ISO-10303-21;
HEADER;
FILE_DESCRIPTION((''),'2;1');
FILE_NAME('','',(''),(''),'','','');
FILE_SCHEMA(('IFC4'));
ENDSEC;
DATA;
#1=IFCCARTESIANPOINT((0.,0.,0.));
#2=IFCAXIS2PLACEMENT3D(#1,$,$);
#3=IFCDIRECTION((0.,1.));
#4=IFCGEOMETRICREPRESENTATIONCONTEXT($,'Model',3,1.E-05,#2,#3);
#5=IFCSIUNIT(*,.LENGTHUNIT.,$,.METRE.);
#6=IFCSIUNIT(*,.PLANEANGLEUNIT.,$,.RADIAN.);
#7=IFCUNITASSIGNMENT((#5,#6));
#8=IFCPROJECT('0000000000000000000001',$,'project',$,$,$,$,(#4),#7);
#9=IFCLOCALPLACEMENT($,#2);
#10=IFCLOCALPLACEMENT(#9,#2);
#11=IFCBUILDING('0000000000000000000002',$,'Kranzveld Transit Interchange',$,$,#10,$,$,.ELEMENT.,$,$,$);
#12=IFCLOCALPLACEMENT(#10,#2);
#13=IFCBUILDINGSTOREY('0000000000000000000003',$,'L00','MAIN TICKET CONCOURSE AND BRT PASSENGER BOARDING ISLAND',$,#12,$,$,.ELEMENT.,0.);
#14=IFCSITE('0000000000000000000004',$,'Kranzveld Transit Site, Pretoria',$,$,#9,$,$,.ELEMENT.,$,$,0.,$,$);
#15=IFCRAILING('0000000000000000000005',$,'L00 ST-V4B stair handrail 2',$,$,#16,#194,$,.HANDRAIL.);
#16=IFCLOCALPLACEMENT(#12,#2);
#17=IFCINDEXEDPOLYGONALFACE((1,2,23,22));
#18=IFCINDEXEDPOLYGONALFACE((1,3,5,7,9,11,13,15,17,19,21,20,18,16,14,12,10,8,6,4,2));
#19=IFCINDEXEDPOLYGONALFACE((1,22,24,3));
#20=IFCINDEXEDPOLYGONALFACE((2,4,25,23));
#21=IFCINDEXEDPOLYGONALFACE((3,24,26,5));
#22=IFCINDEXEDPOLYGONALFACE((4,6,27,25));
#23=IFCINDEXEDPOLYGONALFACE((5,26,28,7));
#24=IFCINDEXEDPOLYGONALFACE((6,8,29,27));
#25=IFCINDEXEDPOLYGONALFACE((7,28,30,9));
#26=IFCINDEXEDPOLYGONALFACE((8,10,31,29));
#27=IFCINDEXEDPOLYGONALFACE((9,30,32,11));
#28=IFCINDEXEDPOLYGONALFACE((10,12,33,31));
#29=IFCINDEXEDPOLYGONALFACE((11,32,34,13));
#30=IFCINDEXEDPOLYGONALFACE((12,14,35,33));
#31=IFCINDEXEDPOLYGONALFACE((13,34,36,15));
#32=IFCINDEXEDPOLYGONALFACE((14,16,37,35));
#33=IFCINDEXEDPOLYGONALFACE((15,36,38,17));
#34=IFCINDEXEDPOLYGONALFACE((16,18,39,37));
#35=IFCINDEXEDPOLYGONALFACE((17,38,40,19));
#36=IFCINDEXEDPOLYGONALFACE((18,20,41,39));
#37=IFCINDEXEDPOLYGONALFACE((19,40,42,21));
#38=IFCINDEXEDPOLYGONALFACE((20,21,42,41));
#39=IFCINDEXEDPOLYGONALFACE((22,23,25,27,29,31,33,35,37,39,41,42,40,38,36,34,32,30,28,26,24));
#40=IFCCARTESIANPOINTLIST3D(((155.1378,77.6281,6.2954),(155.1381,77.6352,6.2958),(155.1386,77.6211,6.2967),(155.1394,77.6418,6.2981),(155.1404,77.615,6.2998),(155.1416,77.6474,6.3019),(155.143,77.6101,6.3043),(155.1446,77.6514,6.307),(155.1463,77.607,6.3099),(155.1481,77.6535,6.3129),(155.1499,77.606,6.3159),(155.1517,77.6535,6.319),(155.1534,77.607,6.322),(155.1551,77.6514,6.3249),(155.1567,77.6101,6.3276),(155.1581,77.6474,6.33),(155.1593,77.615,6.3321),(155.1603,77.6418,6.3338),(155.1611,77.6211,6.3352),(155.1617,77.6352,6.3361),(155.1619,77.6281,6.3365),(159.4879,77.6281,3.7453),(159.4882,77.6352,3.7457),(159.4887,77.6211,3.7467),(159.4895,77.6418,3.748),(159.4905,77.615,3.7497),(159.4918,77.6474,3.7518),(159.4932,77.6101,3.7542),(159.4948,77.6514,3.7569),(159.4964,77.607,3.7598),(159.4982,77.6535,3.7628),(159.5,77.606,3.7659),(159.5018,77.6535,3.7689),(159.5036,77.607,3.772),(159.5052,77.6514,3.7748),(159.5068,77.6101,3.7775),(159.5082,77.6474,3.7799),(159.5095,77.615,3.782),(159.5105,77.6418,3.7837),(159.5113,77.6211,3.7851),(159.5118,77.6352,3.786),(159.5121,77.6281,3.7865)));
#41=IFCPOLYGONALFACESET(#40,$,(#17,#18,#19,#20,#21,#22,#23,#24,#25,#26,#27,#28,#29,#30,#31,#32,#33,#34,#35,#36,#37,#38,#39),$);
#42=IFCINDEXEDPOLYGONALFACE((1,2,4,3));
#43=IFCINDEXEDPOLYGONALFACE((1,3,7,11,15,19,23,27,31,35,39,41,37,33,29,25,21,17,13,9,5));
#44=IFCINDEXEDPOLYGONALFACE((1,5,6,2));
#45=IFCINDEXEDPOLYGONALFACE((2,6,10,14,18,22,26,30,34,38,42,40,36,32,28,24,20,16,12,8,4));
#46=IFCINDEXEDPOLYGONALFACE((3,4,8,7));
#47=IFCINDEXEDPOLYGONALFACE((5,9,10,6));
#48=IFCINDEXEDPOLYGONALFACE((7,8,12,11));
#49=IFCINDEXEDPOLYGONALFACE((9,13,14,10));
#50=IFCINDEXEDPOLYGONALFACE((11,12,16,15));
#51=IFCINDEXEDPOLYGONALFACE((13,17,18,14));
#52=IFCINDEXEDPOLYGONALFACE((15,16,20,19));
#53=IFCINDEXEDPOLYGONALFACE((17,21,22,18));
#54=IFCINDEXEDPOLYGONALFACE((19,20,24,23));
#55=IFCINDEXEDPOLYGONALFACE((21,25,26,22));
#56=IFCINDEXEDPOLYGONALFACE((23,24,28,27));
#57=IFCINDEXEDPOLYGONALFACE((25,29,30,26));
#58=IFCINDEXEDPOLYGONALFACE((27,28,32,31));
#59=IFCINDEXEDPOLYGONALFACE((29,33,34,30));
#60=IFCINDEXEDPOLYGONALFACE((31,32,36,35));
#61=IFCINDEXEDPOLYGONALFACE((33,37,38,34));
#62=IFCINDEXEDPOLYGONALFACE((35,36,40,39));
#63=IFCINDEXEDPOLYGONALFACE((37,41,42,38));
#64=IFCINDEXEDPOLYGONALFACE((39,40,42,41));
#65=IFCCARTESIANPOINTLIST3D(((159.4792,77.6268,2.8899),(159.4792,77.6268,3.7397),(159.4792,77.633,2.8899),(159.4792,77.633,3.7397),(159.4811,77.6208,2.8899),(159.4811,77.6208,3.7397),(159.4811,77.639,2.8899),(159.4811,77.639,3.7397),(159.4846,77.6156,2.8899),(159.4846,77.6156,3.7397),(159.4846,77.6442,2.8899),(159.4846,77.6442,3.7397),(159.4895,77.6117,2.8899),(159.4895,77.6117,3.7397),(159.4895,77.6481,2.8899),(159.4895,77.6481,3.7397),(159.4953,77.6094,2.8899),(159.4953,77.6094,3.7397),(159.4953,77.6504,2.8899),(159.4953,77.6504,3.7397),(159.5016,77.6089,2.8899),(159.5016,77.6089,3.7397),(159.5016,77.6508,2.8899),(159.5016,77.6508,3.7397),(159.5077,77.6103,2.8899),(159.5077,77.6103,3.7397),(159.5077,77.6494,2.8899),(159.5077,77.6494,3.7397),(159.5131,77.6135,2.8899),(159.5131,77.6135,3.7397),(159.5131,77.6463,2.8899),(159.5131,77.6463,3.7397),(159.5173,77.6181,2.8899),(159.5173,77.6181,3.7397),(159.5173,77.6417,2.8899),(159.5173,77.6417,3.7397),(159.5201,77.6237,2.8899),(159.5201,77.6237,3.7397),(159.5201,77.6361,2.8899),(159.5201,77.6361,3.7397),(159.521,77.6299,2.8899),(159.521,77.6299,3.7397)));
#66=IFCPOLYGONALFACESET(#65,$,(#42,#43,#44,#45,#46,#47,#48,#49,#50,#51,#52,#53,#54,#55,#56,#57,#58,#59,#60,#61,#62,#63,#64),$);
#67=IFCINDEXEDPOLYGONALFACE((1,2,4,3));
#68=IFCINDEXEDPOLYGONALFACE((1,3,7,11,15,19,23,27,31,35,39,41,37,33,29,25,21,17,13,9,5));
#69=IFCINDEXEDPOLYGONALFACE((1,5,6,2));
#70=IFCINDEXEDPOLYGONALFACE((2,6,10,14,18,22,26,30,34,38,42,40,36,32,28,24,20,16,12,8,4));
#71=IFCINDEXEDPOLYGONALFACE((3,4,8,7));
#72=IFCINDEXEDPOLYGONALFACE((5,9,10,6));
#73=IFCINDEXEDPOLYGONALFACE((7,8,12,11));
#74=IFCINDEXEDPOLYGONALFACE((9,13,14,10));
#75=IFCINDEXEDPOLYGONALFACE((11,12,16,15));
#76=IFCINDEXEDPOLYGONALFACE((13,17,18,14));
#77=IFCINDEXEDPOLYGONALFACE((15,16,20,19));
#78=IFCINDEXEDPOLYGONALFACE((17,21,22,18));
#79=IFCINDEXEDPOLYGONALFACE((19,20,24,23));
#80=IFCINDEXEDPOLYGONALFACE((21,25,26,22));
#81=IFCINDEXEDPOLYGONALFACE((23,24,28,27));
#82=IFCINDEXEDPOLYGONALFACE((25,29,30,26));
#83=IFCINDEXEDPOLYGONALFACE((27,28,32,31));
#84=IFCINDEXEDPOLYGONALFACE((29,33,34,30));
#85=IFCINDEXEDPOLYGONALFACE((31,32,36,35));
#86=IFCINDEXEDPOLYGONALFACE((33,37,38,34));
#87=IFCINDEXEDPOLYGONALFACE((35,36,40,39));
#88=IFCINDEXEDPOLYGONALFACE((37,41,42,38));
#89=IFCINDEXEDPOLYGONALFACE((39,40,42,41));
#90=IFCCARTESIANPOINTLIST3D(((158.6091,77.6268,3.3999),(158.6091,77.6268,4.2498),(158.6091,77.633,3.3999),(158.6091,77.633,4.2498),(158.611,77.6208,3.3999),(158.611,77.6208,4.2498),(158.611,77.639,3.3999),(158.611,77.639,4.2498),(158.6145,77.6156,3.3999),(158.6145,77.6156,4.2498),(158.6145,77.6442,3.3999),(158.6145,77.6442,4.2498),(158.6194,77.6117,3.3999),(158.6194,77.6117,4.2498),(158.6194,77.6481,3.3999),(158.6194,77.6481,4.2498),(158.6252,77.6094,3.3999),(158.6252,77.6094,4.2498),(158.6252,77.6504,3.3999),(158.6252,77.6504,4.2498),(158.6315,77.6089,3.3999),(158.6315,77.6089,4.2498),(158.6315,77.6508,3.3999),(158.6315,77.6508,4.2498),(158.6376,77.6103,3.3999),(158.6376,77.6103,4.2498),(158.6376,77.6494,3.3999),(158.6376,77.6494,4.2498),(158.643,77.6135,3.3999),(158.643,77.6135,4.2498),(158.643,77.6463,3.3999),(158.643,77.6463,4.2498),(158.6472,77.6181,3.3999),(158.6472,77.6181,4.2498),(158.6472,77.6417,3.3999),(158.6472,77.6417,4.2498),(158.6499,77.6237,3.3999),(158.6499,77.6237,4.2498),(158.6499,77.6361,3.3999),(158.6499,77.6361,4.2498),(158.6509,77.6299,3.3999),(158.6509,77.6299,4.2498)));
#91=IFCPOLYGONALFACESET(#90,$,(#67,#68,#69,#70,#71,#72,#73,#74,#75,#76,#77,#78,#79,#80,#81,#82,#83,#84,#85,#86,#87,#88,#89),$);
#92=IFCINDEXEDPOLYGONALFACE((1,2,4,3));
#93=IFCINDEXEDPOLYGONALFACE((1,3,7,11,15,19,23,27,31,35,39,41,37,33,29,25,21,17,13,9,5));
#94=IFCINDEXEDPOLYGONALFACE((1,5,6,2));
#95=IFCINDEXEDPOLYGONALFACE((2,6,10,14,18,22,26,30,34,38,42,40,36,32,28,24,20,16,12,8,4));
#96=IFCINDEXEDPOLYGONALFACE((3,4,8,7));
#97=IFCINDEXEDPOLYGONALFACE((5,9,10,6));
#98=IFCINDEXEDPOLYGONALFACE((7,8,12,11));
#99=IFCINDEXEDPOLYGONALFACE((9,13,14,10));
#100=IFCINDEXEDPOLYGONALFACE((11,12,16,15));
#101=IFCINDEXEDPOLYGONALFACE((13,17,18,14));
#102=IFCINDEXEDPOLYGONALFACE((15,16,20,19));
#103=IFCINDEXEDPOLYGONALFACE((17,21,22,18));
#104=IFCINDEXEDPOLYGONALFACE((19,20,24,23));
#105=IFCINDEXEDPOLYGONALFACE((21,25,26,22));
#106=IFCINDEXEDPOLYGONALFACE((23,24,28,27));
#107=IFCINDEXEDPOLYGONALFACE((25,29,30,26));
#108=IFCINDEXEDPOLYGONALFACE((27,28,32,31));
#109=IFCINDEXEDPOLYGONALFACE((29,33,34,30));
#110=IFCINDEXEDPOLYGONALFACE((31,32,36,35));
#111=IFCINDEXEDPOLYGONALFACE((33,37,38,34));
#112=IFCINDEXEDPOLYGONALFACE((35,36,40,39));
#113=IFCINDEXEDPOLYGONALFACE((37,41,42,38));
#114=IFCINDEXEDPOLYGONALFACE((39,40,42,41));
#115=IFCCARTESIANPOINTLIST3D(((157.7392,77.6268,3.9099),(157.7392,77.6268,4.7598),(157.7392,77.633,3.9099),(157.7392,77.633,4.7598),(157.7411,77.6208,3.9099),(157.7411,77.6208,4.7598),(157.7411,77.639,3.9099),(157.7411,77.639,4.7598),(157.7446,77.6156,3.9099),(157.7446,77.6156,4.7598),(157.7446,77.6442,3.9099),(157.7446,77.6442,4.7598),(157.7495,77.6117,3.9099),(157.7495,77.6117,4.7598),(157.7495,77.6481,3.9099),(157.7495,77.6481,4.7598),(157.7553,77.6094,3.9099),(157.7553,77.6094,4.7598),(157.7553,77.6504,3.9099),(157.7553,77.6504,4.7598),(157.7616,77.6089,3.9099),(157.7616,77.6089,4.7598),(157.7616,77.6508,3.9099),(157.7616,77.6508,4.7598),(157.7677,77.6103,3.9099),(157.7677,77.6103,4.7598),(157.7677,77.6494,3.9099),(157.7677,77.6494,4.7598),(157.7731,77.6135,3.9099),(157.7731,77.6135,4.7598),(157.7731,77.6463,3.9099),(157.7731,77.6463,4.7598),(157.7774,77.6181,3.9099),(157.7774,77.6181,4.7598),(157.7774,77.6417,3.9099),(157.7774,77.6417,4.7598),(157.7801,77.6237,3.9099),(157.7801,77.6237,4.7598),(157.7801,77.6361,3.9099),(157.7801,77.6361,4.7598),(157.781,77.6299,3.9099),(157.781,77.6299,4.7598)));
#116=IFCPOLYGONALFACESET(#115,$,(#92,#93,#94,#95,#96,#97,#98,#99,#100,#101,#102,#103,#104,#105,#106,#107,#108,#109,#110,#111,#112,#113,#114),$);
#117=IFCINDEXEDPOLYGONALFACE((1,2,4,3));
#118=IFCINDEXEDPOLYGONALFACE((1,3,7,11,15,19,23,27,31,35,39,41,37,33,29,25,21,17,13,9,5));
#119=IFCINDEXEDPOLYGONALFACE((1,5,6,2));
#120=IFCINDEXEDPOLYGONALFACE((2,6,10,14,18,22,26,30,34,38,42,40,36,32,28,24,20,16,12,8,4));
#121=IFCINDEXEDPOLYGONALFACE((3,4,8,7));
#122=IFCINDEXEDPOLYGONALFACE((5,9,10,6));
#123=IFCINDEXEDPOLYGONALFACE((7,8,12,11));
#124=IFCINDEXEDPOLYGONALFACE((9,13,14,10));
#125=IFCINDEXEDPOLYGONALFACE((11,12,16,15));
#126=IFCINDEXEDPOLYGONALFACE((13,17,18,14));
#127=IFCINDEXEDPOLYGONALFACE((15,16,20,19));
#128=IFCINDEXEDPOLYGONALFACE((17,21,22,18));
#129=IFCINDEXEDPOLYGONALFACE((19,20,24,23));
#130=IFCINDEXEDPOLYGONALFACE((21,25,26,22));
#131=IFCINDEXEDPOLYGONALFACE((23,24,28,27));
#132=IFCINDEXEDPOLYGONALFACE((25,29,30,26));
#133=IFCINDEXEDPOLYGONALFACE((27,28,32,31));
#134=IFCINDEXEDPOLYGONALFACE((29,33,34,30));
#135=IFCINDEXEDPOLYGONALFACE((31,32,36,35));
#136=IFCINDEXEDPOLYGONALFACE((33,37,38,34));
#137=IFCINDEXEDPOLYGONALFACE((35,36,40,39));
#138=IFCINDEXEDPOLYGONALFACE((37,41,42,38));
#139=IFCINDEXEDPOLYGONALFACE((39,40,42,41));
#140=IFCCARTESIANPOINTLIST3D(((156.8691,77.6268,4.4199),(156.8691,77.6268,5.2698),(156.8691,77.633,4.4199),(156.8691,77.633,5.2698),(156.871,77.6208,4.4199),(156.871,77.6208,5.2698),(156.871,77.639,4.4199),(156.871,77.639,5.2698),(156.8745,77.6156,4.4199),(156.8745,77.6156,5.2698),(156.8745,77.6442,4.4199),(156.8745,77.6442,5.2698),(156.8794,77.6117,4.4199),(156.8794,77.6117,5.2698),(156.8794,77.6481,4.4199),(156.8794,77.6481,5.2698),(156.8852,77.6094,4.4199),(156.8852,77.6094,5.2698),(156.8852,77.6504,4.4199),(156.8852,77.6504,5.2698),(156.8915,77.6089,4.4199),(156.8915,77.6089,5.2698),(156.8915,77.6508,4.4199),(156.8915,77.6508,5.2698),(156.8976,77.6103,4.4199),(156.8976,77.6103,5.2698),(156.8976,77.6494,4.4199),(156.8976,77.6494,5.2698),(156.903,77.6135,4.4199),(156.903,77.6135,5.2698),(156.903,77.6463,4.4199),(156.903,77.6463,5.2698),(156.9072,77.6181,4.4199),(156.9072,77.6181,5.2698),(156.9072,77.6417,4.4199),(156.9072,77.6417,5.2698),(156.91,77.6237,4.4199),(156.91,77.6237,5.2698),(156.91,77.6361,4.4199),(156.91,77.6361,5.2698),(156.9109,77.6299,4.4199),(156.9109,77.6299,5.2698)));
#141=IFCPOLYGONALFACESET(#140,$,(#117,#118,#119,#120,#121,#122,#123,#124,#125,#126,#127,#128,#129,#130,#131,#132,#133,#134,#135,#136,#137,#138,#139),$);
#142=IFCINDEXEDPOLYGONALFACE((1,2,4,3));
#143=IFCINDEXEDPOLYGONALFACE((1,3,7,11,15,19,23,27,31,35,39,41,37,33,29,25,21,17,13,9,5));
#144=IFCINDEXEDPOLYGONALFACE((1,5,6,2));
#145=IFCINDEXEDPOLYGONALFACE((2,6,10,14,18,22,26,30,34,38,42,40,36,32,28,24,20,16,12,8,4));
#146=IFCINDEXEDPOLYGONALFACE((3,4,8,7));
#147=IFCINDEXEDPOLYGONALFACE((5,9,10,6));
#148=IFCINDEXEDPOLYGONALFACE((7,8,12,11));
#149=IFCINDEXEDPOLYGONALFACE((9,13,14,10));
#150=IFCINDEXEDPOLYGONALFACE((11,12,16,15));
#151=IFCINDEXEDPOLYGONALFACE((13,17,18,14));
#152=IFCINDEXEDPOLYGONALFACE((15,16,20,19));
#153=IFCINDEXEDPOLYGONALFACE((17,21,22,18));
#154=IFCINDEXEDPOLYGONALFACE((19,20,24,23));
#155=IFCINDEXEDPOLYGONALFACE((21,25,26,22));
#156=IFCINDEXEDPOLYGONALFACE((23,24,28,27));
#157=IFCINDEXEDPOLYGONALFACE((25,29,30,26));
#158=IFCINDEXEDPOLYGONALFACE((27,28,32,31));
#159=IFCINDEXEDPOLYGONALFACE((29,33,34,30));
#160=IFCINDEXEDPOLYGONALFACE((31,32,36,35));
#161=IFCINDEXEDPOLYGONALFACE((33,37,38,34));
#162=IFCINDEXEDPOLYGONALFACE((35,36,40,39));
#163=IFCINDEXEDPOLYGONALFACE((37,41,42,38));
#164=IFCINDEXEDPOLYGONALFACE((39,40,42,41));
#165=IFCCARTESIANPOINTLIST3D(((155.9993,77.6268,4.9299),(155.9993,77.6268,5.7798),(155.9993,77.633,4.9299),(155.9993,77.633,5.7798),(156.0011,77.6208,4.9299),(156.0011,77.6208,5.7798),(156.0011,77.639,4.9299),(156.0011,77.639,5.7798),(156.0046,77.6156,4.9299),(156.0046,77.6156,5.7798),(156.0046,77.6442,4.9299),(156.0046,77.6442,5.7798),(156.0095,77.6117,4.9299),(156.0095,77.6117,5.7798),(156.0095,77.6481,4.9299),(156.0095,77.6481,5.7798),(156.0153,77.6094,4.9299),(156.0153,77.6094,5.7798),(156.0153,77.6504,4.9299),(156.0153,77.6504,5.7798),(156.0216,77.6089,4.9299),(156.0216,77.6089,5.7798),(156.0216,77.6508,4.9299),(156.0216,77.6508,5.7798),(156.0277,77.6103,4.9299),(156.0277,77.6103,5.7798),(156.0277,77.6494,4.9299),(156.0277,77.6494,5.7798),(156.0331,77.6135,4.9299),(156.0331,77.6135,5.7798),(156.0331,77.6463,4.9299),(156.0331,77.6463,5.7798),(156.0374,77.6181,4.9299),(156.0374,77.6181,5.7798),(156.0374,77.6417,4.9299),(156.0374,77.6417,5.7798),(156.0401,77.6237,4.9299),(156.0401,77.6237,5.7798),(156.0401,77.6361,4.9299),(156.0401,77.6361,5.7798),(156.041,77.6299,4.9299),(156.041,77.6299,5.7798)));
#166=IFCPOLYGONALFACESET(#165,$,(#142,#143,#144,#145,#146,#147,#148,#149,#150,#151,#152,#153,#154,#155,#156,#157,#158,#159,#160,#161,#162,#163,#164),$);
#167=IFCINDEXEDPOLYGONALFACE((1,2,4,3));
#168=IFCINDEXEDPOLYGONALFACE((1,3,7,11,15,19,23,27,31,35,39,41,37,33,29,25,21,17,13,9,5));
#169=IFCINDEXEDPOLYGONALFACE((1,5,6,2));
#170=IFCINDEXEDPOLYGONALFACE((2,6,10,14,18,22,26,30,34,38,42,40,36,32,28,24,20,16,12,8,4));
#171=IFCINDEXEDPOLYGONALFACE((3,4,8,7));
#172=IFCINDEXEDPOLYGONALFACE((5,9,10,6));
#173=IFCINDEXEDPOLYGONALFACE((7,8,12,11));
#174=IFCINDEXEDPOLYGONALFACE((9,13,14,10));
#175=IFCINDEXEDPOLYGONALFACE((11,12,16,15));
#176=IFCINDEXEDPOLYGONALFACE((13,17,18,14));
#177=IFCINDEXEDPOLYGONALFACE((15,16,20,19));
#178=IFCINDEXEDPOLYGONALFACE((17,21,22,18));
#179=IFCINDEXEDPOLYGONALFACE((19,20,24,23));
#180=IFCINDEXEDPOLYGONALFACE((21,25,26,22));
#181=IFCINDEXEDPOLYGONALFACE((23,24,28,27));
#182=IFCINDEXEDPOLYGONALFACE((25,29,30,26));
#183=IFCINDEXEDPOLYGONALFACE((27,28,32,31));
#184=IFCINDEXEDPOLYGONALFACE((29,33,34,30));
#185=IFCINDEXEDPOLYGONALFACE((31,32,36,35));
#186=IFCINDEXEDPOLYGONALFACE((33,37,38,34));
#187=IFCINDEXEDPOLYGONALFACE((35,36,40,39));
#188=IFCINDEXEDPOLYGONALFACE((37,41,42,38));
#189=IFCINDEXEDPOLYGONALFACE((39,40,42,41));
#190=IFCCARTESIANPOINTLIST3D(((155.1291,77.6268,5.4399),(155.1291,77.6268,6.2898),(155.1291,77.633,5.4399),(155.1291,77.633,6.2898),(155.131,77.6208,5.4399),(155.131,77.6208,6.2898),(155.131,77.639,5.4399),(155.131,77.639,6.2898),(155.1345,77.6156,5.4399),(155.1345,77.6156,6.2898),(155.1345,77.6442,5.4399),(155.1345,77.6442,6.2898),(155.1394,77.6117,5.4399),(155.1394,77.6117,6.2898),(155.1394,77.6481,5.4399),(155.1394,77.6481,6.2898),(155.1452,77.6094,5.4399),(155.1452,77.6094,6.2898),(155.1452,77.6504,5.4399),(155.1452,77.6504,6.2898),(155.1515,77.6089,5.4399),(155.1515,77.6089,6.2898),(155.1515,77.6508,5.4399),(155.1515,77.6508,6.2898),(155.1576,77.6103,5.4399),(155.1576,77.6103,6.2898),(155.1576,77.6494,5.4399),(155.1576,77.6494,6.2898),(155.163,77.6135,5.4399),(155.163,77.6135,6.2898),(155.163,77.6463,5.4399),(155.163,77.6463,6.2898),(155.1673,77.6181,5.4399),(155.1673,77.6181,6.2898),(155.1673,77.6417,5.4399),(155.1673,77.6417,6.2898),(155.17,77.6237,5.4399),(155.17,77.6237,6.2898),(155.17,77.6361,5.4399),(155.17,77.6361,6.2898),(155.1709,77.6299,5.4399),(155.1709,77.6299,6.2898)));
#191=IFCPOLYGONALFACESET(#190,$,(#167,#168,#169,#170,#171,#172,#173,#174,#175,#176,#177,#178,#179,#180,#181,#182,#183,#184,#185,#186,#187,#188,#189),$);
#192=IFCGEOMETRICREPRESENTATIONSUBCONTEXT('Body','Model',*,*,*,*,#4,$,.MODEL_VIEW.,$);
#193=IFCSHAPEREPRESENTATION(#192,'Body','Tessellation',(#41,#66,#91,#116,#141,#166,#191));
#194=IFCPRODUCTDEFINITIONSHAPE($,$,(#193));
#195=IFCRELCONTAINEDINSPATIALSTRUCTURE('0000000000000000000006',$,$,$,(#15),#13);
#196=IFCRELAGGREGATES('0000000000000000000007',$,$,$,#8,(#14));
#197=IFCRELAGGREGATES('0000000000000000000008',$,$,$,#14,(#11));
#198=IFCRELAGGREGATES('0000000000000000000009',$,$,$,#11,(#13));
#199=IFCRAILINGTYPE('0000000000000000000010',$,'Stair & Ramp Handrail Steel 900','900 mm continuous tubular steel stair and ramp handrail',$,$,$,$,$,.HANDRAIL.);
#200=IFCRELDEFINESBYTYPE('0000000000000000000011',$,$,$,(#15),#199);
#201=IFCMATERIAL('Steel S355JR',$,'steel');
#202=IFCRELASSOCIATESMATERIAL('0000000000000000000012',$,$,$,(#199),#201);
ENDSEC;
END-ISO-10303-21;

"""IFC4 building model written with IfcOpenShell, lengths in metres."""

from ifc_helpers import new_model, si_unit, direction, frame, origin, origin_2d, place, context, subcontext, project, spatial, circle, extrude, material, type_object, element, save


model = new_model("IFC4")

# Units and contexts
model_context = context("Model", 3, precision=1e-05, world=origin(), true_north=direction((0.0, 1.0)))
body_context = subcontext(model_context, "Body", "Model", "MODEL_VIEW")
ifc_project = project(units=[si_unit("LENGTHUNIT", "METRE"), si_unit("PLANEANGLEUNIT", "RADIAN")], contexts=[model_context])

# Site, building, storey
site_placement = place(None, origin())
site = spatial("IfcSite", under=ifc_project, at=site_placement, Name="Kranzveld Transit Site, Pretoria", CompositionType="ELEMENT", RefElevation=0.0)
building_placement = place(site_placement, origin())
building = spatial("IfcBuilding", under=site, at=building_placement, Name="Kranzveld Transit Interchange", CompositionType="ELEMENT")
storey_placement = place(building_placement, origin())
storey = spatial("IfcBuildingStorey", under=building, at=storey_placement, Name="L00", Description="MAIN TICKET CONCOURSE AND BRT PASSENGER BOARDING ISLAND", CompositionType="ELEMENT", Elevation=0.0)

# Railing
ifc_material_1 = material(Name="Steel S355JR", Category="steel")
railing_type_1 = type_object("IfcRailingType", Name="Stair & Ramp Handrail Steel 900", Description="900 mm continuous tubular steel stair and ramp handrail", PredefinedType="HANDRAIL", material=ifc_material_1)
railing_1_placement = place(storey_placement, frame((159.5, 77.6299, 2.8899)))
element("IfcRailing", 1, at=railing_1_placement, inside=storey, type_object=railing_type_1, Name="L00 ST-V4B stair handrail 2", PredefinedType="HANDRAIL", context=body_context, shape_type="SweptSolid", body=[
    extrude(circle(Radius=0.0239, at=origin_2d()), frame((0.0, 0.0, 0.876), z_axis=(-0.862699, 0.0, 0.505718), x_axis=(0.0, -1.0, 0.0)), (0.0, 0.0, 1.0), 5.0425),
    extrude(circle(Radius=0.021, at=origin_2d()), origin(), (0.0, 0.0, 1.0), 0.8499),
    extrude(circle(Radius=0.021, at=origin_2d()), frame((-0.8701, 0.0, 0.51)), (0.0, 0.0, 1.0), 0.8499),
    extrude(circle(Radius=0.021, at=origin_2d()), frame((-1.74, 0.0, 1.02)), (0.0, 0.0, 1.0), 0.8499),
    extrude(circle(Radius=0.021, at=origin_2d()), frame((-2.6101, 0.0, 1.53)), (0.0, 0.0, 1.0), 0.8499),
    extrude(circle(Radius=0.021, at=origin_2d()), frame((-3.48, 0.0, 2.04)), (0.0, 0.0, 1.0), 0.8499),
    extrude(circle(Radius=0.021, at=origin_2d()), frame((-4.3501, 0.0, 2.55)), (0.0, 0.0, 1.0), 0.8499),
])

save(model, "model.ifc")
